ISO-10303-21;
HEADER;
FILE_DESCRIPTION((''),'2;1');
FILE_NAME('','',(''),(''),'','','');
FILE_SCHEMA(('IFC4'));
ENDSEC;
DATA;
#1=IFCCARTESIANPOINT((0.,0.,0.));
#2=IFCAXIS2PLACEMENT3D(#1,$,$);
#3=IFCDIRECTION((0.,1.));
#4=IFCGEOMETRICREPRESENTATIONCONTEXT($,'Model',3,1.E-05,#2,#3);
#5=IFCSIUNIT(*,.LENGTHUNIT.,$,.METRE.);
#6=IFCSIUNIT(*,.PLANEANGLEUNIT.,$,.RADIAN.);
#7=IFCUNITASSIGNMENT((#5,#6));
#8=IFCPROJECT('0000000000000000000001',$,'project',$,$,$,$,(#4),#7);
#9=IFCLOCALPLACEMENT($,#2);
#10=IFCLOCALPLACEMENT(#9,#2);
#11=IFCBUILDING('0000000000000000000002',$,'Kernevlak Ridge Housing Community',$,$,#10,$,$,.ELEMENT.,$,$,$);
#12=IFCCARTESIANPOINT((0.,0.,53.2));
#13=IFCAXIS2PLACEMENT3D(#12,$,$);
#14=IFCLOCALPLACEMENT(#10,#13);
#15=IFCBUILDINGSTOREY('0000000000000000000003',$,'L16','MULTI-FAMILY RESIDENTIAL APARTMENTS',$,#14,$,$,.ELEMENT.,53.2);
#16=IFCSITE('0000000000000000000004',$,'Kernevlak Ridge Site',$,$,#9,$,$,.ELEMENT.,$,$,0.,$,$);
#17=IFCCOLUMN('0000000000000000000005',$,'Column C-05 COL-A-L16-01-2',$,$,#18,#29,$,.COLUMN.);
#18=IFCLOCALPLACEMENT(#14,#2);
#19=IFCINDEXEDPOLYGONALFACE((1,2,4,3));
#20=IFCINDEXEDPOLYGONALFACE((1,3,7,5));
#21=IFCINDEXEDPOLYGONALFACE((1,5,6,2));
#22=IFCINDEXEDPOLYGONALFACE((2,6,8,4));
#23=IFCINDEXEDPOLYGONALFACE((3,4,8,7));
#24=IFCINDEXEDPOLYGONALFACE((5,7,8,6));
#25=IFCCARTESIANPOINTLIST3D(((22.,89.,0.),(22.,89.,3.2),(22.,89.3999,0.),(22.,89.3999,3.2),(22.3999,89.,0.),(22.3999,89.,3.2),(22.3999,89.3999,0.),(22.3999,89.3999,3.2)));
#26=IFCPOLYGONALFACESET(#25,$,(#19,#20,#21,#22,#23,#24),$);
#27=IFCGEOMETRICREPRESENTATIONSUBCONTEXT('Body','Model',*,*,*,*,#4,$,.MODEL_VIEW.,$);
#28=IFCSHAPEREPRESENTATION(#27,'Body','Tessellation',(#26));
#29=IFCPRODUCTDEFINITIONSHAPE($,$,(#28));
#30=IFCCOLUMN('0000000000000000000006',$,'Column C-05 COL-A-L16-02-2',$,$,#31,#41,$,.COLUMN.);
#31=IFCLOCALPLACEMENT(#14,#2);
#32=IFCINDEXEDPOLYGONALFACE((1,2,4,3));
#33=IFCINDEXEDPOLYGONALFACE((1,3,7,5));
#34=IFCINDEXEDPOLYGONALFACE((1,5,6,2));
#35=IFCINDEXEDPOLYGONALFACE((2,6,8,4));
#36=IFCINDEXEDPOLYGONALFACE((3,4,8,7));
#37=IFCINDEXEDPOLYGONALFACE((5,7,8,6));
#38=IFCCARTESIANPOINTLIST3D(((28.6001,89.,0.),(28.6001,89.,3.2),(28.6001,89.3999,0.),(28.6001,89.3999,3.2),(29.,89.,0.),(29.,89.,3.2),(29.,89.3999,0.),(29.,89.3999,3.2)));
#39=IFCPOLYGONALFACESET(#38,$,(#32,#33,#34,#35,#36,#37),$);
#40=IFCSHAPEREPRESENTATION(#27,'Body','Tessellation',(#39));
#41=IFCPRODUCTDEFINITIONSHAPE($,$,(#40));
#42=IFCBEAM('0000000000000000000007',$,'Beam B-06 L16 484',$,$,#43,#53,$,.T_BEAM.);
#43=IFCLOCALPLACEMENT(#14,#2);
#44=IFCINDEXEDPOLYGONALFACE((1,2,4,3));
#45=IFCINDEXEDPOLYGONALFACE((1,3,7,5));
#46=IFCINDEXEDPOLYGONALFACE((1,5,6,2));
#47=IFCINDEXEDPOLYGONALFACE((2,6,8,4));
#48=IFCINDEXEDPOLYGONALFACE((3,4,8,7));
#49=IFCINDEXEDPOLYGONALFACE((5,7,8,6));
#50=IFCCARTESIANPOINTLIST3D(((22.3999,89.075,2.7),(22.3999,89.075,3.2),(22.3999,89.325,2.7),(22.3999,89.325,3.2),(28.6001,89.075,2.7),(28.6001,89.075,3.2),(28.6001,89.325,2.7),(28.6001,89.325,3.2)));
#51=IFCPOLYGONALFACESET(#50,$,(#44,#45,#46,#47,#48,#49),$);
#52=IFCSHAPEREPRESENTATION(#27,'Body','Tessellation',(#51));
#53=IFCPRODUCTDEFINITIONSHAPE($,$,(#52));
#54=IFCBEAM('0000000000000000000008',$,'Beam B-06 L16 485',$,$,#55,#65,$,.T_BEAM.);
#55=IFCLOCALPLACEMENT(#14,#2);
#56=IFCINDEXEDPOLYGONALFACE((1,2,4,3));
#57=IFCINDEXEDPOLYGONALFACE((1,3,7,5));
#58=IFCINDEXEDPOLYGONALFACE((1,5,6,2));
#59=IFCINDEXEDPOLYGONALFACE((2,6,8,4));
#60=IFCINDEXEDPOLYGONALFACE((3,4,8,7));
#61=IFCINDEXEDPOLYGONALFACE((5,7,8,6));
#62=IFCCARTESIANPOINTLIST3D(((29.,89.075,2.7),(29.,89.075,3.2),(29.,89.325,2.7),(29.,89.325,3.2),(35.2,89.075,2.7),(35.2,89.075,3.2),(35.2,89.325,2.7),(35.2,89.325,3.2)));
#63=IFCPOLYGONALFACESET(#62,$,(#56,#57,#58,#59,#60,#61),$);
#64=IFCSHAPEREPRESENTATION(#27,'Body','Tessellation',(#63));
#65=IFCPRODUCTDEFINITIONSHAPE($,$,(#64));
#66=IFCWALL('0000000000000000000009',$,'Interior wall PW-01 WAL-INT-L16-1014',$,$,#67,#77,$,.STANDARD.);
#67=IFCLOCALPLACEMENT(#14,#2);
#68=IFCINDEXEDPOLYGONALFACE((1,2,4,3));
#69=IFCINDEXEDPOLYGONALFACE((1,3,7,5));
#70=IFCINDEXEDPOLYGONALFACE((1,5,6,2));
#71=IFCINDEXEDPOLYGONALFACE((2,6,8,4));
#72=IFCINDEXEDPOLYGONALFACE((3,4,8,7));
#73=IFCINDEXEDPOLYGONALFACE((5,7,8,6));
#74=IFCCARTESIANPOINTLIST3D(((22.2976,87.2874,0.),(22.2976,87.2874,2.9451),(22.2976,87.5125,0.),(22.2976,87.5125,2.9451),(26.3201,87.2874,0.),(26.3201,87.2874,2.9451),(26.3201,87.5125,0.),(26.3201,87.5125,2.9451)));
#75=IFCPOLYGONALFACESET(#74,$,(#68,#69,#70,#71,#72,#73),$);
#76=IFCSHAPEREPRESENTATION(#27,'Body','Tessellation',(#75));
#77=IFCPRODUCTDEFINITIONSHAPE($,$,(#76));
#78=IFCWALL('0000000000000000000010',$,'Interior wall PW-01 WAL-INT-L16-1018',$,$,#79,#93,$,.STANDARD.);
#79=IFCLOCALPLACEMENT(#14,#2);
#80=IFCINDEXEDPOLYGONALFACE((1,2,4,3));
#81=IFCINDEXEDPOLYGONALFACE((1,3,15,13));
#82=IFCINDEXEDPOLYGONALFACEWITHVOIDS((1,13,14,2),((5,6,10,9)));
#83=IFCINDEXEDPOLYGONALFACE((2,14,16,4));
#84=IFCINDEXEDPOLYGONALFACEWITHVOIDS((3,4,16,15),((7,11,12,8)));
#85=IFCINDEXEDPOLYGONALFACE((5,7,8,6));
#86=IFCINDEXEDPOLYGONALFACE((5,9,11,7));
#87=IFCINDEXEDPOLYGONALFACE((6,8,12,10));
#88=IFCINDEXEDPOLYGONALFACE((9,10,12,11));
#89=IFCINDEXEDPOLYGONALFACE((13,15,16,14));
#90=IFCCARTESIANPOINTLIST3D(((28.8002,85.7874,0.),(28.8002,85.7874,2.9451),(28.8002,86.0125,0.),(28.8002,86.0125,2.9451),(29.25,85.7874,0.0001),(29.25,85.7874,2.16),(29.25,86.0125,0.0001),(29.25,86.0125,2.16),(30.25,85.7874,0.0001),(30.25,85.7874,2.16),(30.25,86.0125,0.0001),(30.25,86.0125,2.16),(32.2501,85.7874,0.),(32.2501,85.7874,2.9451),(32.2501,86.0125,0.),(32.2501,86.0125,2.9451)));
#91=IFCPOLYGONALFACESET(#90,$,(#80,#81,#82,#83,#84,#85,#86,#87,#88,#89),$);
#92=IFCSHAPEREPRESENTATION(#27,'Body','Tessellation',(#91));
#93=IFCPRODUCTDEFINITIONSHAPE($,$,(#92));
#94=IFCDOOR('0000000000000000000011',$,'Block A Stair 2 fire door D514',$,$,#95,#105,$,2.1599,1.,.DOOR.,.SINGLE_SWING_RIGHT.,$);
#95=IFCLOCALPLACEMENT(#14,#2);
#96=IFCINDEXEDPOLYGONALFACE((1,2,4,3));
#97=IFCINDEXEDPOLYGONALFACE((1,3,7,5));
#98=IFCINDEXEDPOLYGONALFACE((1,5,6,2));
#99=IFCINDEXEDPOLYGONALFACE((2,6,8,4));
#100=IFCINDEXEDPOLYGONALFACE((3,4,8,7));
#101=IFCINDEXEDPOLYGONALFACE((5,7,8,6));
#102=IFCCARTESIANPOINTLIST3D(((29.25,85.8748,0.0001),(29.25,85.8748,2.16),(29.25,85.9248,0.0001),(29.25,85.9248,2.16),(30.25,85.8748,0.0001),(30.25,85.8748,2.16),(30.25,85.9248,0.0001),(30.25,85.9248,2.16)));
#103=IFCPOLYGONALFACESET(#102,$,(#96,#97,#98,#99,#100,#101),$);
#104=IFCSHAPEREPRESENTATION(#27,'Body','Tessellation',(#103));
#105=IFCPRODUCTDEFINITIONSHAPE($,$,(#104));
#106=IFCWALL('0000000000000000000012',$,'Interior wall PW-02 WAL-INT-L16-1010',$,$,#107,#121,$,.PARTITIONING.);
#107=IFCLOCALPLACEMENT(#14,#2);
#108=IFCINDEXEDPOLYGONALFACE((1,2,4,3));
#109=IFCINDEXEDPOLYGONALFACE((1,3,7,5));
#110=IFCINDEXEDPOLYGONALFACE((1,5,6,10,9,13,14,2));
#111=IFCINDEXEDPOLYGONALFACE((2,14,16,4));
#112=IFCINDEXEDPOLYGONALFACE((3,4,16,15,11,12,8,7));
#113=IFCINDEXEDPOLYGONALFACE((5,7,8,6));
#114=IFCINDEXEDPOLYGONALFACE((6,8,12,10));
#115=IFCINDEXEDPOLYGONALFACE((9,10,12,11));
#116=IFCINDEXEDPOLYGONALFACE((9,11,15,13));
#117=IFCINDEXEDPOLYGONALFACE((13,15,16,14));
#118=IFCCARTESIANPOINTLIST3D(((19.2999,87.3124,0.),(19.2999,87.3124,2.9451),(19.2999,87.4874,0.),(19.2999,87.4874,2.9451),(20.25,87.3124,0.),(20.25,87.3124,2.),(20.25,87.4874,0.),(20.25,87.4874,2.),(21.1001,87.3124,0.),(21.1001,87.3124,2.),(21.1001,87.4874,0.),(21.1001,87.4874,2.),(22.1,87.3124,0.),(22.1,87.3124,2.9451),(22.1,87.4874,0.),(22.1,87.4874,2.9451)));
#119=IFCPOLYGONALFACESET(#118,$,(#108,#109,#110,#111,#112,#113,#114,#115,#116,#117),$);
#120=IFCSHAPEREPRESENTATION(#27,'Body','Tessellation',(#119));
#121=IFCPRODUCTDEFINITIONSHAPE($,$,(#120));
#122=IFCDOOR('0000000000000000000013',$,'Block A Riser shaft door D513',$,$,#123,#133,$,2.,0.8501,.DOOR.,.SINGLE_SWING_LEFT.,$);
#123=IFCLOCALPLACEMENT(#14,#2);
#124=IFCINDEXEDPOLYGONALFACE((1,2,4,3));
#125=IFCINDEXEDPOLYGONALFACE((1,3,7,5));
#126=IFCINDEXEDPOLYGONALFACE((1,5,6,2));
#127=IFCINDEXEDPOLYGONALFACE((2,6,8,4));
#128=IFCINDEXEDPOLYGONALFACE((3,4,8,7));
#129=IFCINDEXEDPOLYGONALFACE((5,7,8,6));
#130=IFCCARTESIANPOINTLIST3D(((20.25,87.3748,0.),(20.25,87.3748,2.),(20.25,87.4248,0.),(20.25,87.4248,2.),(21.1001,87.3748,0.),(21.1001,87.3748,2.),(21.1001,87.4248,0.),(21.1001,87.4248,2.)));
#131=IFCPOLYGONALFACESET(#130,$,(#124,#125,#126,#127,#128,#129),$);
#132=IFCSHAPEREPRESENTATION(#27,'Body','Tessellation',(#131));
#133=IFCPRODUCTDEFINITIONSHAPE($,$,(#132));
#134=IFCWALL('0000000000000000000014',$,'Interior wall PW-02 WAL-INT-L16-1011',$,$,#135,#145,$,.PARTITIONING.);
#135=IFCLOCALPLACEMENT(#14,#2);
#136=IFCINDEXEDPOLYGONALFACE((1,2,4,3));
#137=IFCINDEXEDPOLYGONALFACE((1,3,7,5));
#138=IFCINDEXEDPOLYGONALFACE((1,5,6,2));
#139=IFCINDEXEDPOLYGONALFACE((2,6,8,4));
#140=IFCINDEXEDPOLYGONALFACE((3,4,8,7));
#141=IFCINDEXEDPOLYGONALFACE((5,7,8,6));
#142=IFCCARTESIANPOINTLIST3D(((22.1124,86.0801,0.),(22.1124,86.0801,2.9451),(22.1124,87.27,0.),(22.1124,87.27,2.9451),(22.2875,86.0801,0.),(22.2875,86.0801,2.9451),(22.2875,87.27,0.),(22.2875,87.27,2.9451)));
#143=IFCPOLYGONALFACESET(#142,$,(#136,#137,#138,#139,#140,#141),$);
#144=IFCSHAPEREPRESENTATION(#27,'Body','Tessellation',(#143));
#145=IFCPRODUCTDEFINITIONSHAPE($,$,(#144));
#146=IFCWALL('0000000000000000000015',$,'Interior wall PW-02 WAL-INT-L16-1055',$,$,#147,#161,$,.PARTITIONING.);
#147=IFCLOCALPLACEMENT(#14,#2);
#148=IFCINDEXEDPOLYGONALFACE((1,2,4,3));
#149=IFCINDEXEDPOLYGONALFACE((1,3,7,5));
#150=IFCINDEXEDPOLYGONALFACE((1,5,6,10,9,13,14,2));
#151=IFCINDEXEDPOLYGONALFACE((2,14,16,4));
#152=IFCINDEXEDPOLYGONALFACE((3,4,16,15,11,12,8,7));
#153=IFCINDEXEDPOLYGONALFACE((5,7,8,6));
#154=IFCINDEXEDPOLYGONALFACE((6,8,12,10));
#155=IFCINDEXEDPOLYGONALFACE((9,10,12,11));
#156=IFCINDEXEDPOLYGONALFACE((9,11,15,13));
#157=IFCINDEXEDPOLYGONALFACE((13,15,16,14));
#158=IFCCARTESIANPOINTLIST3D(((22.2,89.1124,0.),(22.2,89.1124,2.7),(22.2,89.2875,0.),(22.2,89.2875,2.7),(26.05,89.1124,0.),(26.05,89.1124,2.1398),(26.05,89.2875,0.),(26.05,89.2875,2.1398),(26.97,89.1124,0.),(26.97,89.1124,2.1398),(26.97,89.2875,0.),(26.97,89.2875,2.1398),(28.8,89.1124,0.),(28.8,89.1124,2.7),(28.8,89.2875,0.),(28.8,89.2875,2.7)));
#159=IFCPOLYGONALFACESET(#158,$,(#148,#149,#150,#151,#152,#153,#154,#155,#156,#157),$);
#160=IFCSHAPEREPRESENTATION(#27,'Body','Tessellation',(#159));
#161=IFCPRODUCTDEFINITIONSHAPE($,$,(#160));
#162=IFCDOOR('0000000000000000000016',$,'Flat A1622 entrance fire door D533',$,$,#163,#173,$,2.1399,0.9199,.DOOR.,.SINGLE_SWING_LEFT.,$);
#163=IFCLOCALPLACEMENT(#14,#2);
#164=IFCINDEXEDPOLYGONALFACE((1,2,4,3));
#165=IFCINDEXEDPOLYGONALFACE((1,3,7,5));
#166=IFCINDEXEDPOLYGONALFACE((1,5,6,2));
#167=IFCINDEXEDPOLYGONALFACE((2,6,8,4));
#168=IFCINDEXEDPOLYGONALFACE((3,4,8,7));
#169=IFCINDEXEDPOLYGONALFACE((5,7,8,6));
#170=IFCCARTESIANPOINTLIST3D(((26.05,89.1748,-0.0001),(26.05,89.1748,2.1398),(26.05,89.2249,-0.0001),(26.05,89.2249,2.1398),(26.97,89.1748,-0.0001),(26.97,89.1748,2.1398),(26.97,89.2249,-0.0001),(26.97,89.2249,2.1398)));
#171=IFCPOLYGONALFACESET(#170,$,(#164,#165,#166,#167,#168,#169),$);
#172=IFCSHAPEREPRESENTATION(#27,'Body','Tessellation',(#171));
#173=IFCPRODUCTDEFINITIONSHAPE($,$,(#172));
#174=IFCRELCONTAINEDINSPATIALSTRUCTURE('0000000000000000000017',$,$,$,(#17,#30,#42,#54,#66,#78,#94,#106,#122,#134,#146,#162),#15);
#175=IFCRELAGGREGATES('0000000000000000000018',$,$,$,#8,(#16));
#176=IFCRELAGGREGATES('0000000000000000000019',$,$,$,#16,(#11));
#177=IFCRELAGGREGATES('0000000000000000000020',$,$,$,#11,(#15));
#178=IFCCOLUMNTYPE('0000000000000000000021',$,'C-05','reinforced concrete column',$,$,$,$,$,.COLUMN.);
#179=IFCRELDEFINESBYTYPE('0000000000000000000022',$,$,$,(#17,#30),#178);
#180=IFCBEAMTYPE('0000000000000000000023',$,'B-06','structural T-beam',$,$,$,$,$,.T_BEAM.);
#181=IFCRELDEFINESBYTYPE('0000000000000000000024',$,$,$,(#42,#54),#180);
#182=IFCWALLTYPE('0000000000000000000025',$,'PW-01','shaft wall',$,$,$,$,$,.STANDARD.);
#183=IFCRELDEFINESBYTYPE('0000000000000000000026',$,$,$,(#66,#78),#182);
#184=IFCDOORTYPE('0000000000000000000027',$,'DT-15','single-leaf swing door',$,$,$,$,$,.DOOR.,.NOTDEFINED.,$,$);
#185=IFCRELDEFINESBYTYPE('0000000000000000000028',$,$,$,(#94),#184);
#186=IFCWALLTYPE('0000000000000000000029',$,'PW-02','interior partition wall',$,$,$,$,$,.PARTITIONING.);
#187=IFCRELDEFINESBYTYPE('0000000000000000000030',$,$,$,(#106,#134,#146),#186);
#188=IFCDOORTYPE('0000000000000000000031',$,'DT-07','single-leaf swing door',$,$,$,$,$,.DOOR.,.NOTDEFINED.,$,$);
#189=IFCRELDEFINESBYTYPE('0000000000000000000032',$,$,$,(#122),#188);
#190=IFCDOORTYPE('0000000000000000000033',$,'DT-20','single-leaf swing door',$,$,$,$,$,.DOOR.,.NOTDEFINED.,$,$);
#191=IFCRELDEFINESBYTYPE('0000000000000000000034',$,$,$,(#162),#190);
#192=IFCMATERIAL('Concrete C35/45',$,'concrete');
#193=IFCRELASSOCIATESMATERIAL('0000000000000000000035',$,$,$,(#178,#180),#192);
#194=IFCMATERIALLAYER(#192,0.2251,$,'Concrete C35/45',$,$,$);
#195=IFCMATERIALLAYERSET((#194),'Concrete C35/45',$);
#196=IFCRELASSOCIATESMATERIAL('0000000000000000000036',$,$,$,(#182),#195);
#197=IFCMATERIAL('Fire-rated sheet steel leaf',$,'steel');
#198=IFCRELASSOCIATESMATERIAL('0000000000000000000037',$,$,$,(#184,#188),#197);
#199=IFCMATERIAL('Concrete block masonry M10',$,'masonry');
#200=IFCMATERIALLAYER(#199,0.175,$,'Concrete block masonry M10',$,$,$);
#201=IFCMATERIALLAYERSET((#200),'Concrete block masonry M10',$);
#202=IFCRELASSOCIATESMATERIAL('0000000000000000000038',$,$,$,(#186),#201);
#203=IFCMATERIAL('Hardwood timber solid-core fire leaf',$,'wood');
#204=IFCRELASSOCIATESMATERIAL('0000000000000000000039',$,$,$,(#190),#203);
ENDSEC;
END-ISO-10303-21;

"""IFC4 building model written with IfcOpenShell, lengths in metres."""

from ifc_helpers import new_model, si_unit, direction, frame, frame_2d, origin, origin_2d, place, context, subcontext, project, spatial, rectangle, extrude, material, layer, layer_set, material_profile, profile_set, type_object, element, fill, save


model = new_model("IFC4")

# Units and contexts
model_context = context("Model", 3, precision=1e-05, world=origin(), true_north=direction((0.0, 1.0)))
body_context = subcontext(model_context, "Body", "Model", "MODEL_VIEW")
ifc_project = project(units=[si_unit("LENGTHUNIT", "METRE"), si_unit("PLANEANGLEUNIT", "RADIAN")], contexts=[model_context])

# Site, building, storey
site_placement = place(None, origin())
site = spatial("IfcSite", under=ifc_project, at=site_placement, Name="Kernevlak Ridge Site", CompositionType="ELEMENT", RefElevation=0.0)
building_placement = place(site_placement, origin())
building = spatial("IfcBuilding", under=site, at=building_placement, Name="Kernevlak Ridge Housing Community", CompositionType="ELEMENT")
storey_placement = place(building_placement, frame((0.0, 0.0, 53.2)))
storey = spatial("IfcBuildingStorey", under=building, at=storey_placement, Name="L16", Description="MULTI-FAMILY RESIDENTIAL APARTMENTS", CompositionType="ELEMENT", Elevation=53.2)

# Columns
ifc_material_1 = material(Name="Concrete C35/45", Category="concrete")
ifc_material_profile_1 = material_profile(ifc_material_1, rectangle(XDim=0.3999, YDim=0.3999, at=origin_2d()), Name="RC 400x400")
ifc_profile_set_1 = profile_set([ifc_material_profile_1], Name="Concrete C35/45")
column_type = type_object("IfcColumnType", Name="C-05", Description="reinforced concrete column", PredefinedType="COLUMN", material=ifc_profile_set_1)
for number, where, z_axis, x_axis, name in (
    (1, (22.2, 89.2, 0.0), (0.0, 0.0, 1.0), (1.0, 0.0, 0.0), "Column C-05 COL-A-L16-01-2"),
    (2, (28.8, 89.2, 0.0), (0.0, 0.0, 1.0), (1.0, 0.0, 0.0), "Column C-05 COL-A-L16-02-2"),
):
    element("IfcColumn", number, at=place(storey_placement, frame(where, z_axis=z_axis, x_axis=x_axis)), inside=storey, type_object=column_type, Name=name, PredefinedType="COLUMN", context=body_context, shape_type="SweptSolid", body=[
        extrude(rectangle(XDim=0.3999, YDim=0.3999, at=origin_2d()), origin(), (0.0, 0.0, 1.0), 3.2),
    ])

# Beams
ifc_material_profile_2 = material_profile(ifc_material_1, rectangle(XDim=0.25, YDim=0.5, at=origin_2d()), Name="RC 250x500")
ifc_profile_set_2 = profile_set([ifc_material_profile_2], Name="Concrete C35/45")
beam_type = type_object("IfcBeamType", Name="B-06", Description="structural T-beam", PredefinedType="T_BEAM", material=ifc_profile_set_2)
beam_1_placement = place(storey_placement, frame((22.3999, 89.2, 2.95), z_axis=(1.0, 0.0, 0.0), x_axis=(0.0, 1.0, 0.0)))
element("IfcBeam", 3, at=beam_1_placement, inside=storey, type_object=beam_type, Name="Beam B-06 L16 484", PredefinedType="T_BEAM", context=body_context, shape_type="SweptSolid", body=[
    extrude(rectangle(XDim=0.25, YDim=0.5, at=origin_2d()), origin(), (0.0, 0.0, 1.0), 6.2002),
])
beam_2_placement = place(storey_placement, frame((29.0, 89.2, 2.95), z_axis=(1.0, 0.0, 0.0), x_axis=(0.0, 1.0, 0.0)))
element("IfcBeam", 4, at=beam_2_placement, inside=storey, type_object=beam_type, Name="Beam B-06 L16 485", PredefinedType="T_BEAM", context=body_context, shape_type="SweptSolid", body=[
    extrude(rectangle(XDim=0.25, YDim=0.5, at=origin_2d()), origin(), (0.0, 0.0, 1.0), 6.2),
])

# Wall
ifc_layer_1 = layer(ifc_material_1, 0.2251, Name="Concrete C35/45")
ifc_layer_set_1 = layer_set([ifc_layer_1], Name="Concrete C35/45")
wall_type_1 = type_object("IfcWallType", Name="PW-01", Description="shaft wall", PredefinedType="STANDARD", material=ifc_layer_set_1)
wall_1_placement = place(storey_placement, frame((22.2976, 87.3999, 0.0), z_axis=(0.0, 0.0, 1.0), x_axis=(1.0, 0.0, 0.0)))
element("IfcWall", 5, at=wall_1_placement, inside=storey, type_object=wall_type_1, Name="Interior wall PW-01 WAL-INT-L16-1014", PredefinedType="STANDARD", context=body_context, shape_type="SweptSolid", body=[
    extrude(rectangle(XDim=4.0225, YDim=0.2251, at=frame_2d((2.0112, 0.0))), origin(), (0.0, 0.0, 1.0), 2.9451),
])

# Walls, openings, doors
wall_2_placement = place(storey_placement, frame((28.8, 85.8999, 0.0), z_axis=(0.0, 0.0, 1.0), x_axis=(1.0, 0.0, 0.0)))
wall_2 = element("IfcWall", 6, at=wall_2_placement, inside=storey, type_object=wall_type_1, Name="Interior wall PW-01 WAL-INT-L16-1018", PredefinedType="STANDARD", context=body_context, shape_type="SweptSolid", body=[
    extrude(rectangle(XDim=3.45, YDim=0.2251, at=frame_2d((1.7251, 0.0))), origin(), (0.0, 0.0, 1.0), 2.9451),
])
opening_1_placement = place(wall_2_placement, frame((0.45, 0.0, 0.0)))
opening_1 = element("IfcOpeningElement", 7, at=opening_1_placement, cuts=wall_2, PredefinedType="OPENING", context=body_context, shape_type="SweptSolid", body=[
    extrude(rectangle(XDim=1.0, YDim=2.1599, at=frame_2d((0.5, 1.0801))), frame((0.0, 0.1226, 0.0), z_axis=(0.0, -1.0, 0.0), x_axis=(1.0, 0.0, 0.0)), (0.0, 0.0, 1.0), 0.2451),
])
ifc_material_2 = material(Name="Fire-rated sheet steel leaf", Category="steel")
door_type_1 = type_object("IfcDoorType", Name="DT-15", Description="single-leaf swing door", OperationType="NOTDEFINED", PredefinedType="DOOR", material=ifc_material_2)
door_1_placement = place(opening_1_placement, origin())
door_1 = element("IfcDoor", 8, at=door_1_placement, inside=storey, type_object=door_type_1, Name="Block A Stair 2 fire door D514", OperationType="SINGLE_SWING_RIGHT", OverallHeight=2.1599, OverallWidth=1.0, PredefinedType="DOOR", context=body_context, shape_type="SweptSolid", body=[
    extrude(rectangle(XDim=1.0, YDim=2.1599, at=frame_2d((0.5, 1.0801))), frame((0.0, 0.0249, 0.0), z_axis=(0.0, -1.0, 0.0), x_axis=(1.0, 0.0, 0.0)), (0.0, 0.0, 1.0), 0.05),
])
fill(opening_1, door_1)
ifc_material_3 = material(Name="Concrete block masonry M10", Category="masonry")
ifc_layer_2 = layer(ifc_material_3, 0.175, Name="Concrete block masonry M10")
ifc_layer_set_2 = layer_set([ifc_layer_2], Name="Concrete block masonry M10")
wall_type_2 = type_object("IfcWallType", Name="PW-02", Description="interior partition wall", PredefinedType="PARTITIONING", material=ifc_layer_set_2)
wall_3_placement = place(storey_placement, frame((19.3, 87.3999, 0.0), z_axis=(0.0, 0.0, 1.0), x_axis=(1.0, 0.0, 0.0)))
wall_3 = element("IfcWall", 9, at=wall_3_placement, inside=storey, type_object=wall_type_2, Name="Interior wall PW-02 WAL-INT-L16-1010", PredefinedType="PARTITIONING", context=body_context, shape_type="SweptSolid", body=[
    extrude(rectangle(XDim=2.8, YDim=0.175, at=frame_2d((1.3999, 0.0))), origin(), (0.0, 0.0, 1.0), 2.9451),
])
opening_2_placement = place(wall_3_placement, frame((0.95, 0.0, 0.0)))
opening_2 = element("IfcOpeningElement", 10, at=opening_2_placement, cuts=wall_3, PredefinedType="OPENING", context=body_context, shape_type="SweptSolid", body=[
    extrude(rectangle(XDim=0.8501, YDim=2.0, at=frame_2d((0.425, 1.0))), frame((0.0, 0.0974, 0.0), z_axis=(0.0, -1.0, 0.0), x_axis=(1.0, 0.0, 0.0)), (0.0, 0.0, 1.0), 0.1951),
])
door_type_2 = type_object("IfcDoorType", Name="DT-07", Description="single-leaf swing door", OperationType="NOTDEFINED", PredefinedType="DOOR", material=ifc_material_2)
door_2_placement = place(opening_2_placement, origin())
door_2 = element("IfcDoor", 11, at=door_2_placement, inside=storey, type_object=door_type_2, Name="Block A Riser shaft door D513", OperationType="SINGLE_SWING_LEFT", OverallHeight=2.0, OverallWidth=0.8501, PredefinedType="DOOR", context=body_context, shape_type="SweptSolid", body=[
    extrude(rectangle(XDim=0.8501, YDim=2.0, at=frame_2d((0.425, 1.0))), frame((0.0, 0.0249, 0.0), z_axis=(0.0, -1.0, 0.0), x_axis=(1.0, 0.0, 0.0)), (0.0, 0.0, 1.0), 0.05),
])
fill(opening_2, door_2)

# Wall
wall_4_placement = place(storey_placement, frame((22.2, 86.0801, 0.0), z_axis=(0.0, 0.0, 1.0), x_axis=(0.0, 1.0, 0.0)))
element("IfcWall", 12, at=wall_4_placement, inside=storey, type_object=wall_type_2, Name="Interior wall PW-02 WAL-INT-L16-1011", PredefinedType="PARTITIONING", context=body_context, shape_type="SweptSolid", body=[
    extrude(rectangle(XDim=1.1899, YDim=0.175, at=frame_2d((0.595, 0.0))), origin(), (0.0, 0.0, 1.0), 2.9451),
])

# Wall, opening, door
wall_5_placement = place(storey_placement, frame((22.2, 89.2, 0.0), z_axis=(0.0, 0.0, 1.0), x_axis=(1.0, 0.0, 0.0)))
wall_5 = element("IfcWall", 13, at=wall_5_placement, inside=storey, type_object=wall_type_2, Name="Interior wall PW-02 WAL-INT-L16-1055", PredefinedType="PARTITIONING", context=body_context, shape_type="SweptSolid", body=[
    extrude(rectangle(XDim=6.6001, YDim=0.175, at=frame_2d((3.3, 0.0))), origin(), (0.0, 0.0, 1.0), 2.7),
])
opening_3_placement = place(wall_5_placement, frame((3.8501, 0.0, 0.0)))
opening_3 = element("IfcOpeningElement", 14, at=opening_3_placement, cuts=wall_5, PredefinedType="OPENING", context=body_context, shape_type="SweptSolid", body=[
    extrude(rectangle(XDim=0.9199, YDim=2.1399, at=frame_2d((0.46, 1.0698))), frame((0.0, 0.0974, 0.0), z_axis=(0.0, -1.0, 0.0), x_axis=(1.0, 0.0, 0.0)), (0.0, 0.0, 1.0), 0.1951),
])
ifc_material_4 = material(Name="Hardwood timber solid-core fire leaf", Category="wood")
door_type_3 = type_object("IfcDoorType", Name="DT-20", Description="single-leaf swing door", OperationType="NOTDEFINED", PredefinedType="DOOR", material=ifc_material_4)
door_3_placement = place(opening_3_placement, origin())
door_3 = element("IfcDoor", 15, at=door_3_placement, inside=storey, type_object=door_type_3, Name="Flat A1622 entrance fire door D533", OperationType="SINGLE_SWING_LEFT", OverallHeight=2.1399, OverallWidth=0.9199, PredefinedType="DOOR", context=body_context, shape_type="SweptSolid", body=[
    extrude(rectangle(XDim=0.9199, YDim=2.1399, at=frame_2d((0.46, 1.0698))), frame((0.0, 0.0249, 0.0), z_axis=(0.0, -1.0, 0.0), x_axis=(1.0, 0.0, 0.0)), (0.0, 0.0, 1.0), 0.05),
])
fill(opening_3, door_3)

save(model, "model.ifc")
